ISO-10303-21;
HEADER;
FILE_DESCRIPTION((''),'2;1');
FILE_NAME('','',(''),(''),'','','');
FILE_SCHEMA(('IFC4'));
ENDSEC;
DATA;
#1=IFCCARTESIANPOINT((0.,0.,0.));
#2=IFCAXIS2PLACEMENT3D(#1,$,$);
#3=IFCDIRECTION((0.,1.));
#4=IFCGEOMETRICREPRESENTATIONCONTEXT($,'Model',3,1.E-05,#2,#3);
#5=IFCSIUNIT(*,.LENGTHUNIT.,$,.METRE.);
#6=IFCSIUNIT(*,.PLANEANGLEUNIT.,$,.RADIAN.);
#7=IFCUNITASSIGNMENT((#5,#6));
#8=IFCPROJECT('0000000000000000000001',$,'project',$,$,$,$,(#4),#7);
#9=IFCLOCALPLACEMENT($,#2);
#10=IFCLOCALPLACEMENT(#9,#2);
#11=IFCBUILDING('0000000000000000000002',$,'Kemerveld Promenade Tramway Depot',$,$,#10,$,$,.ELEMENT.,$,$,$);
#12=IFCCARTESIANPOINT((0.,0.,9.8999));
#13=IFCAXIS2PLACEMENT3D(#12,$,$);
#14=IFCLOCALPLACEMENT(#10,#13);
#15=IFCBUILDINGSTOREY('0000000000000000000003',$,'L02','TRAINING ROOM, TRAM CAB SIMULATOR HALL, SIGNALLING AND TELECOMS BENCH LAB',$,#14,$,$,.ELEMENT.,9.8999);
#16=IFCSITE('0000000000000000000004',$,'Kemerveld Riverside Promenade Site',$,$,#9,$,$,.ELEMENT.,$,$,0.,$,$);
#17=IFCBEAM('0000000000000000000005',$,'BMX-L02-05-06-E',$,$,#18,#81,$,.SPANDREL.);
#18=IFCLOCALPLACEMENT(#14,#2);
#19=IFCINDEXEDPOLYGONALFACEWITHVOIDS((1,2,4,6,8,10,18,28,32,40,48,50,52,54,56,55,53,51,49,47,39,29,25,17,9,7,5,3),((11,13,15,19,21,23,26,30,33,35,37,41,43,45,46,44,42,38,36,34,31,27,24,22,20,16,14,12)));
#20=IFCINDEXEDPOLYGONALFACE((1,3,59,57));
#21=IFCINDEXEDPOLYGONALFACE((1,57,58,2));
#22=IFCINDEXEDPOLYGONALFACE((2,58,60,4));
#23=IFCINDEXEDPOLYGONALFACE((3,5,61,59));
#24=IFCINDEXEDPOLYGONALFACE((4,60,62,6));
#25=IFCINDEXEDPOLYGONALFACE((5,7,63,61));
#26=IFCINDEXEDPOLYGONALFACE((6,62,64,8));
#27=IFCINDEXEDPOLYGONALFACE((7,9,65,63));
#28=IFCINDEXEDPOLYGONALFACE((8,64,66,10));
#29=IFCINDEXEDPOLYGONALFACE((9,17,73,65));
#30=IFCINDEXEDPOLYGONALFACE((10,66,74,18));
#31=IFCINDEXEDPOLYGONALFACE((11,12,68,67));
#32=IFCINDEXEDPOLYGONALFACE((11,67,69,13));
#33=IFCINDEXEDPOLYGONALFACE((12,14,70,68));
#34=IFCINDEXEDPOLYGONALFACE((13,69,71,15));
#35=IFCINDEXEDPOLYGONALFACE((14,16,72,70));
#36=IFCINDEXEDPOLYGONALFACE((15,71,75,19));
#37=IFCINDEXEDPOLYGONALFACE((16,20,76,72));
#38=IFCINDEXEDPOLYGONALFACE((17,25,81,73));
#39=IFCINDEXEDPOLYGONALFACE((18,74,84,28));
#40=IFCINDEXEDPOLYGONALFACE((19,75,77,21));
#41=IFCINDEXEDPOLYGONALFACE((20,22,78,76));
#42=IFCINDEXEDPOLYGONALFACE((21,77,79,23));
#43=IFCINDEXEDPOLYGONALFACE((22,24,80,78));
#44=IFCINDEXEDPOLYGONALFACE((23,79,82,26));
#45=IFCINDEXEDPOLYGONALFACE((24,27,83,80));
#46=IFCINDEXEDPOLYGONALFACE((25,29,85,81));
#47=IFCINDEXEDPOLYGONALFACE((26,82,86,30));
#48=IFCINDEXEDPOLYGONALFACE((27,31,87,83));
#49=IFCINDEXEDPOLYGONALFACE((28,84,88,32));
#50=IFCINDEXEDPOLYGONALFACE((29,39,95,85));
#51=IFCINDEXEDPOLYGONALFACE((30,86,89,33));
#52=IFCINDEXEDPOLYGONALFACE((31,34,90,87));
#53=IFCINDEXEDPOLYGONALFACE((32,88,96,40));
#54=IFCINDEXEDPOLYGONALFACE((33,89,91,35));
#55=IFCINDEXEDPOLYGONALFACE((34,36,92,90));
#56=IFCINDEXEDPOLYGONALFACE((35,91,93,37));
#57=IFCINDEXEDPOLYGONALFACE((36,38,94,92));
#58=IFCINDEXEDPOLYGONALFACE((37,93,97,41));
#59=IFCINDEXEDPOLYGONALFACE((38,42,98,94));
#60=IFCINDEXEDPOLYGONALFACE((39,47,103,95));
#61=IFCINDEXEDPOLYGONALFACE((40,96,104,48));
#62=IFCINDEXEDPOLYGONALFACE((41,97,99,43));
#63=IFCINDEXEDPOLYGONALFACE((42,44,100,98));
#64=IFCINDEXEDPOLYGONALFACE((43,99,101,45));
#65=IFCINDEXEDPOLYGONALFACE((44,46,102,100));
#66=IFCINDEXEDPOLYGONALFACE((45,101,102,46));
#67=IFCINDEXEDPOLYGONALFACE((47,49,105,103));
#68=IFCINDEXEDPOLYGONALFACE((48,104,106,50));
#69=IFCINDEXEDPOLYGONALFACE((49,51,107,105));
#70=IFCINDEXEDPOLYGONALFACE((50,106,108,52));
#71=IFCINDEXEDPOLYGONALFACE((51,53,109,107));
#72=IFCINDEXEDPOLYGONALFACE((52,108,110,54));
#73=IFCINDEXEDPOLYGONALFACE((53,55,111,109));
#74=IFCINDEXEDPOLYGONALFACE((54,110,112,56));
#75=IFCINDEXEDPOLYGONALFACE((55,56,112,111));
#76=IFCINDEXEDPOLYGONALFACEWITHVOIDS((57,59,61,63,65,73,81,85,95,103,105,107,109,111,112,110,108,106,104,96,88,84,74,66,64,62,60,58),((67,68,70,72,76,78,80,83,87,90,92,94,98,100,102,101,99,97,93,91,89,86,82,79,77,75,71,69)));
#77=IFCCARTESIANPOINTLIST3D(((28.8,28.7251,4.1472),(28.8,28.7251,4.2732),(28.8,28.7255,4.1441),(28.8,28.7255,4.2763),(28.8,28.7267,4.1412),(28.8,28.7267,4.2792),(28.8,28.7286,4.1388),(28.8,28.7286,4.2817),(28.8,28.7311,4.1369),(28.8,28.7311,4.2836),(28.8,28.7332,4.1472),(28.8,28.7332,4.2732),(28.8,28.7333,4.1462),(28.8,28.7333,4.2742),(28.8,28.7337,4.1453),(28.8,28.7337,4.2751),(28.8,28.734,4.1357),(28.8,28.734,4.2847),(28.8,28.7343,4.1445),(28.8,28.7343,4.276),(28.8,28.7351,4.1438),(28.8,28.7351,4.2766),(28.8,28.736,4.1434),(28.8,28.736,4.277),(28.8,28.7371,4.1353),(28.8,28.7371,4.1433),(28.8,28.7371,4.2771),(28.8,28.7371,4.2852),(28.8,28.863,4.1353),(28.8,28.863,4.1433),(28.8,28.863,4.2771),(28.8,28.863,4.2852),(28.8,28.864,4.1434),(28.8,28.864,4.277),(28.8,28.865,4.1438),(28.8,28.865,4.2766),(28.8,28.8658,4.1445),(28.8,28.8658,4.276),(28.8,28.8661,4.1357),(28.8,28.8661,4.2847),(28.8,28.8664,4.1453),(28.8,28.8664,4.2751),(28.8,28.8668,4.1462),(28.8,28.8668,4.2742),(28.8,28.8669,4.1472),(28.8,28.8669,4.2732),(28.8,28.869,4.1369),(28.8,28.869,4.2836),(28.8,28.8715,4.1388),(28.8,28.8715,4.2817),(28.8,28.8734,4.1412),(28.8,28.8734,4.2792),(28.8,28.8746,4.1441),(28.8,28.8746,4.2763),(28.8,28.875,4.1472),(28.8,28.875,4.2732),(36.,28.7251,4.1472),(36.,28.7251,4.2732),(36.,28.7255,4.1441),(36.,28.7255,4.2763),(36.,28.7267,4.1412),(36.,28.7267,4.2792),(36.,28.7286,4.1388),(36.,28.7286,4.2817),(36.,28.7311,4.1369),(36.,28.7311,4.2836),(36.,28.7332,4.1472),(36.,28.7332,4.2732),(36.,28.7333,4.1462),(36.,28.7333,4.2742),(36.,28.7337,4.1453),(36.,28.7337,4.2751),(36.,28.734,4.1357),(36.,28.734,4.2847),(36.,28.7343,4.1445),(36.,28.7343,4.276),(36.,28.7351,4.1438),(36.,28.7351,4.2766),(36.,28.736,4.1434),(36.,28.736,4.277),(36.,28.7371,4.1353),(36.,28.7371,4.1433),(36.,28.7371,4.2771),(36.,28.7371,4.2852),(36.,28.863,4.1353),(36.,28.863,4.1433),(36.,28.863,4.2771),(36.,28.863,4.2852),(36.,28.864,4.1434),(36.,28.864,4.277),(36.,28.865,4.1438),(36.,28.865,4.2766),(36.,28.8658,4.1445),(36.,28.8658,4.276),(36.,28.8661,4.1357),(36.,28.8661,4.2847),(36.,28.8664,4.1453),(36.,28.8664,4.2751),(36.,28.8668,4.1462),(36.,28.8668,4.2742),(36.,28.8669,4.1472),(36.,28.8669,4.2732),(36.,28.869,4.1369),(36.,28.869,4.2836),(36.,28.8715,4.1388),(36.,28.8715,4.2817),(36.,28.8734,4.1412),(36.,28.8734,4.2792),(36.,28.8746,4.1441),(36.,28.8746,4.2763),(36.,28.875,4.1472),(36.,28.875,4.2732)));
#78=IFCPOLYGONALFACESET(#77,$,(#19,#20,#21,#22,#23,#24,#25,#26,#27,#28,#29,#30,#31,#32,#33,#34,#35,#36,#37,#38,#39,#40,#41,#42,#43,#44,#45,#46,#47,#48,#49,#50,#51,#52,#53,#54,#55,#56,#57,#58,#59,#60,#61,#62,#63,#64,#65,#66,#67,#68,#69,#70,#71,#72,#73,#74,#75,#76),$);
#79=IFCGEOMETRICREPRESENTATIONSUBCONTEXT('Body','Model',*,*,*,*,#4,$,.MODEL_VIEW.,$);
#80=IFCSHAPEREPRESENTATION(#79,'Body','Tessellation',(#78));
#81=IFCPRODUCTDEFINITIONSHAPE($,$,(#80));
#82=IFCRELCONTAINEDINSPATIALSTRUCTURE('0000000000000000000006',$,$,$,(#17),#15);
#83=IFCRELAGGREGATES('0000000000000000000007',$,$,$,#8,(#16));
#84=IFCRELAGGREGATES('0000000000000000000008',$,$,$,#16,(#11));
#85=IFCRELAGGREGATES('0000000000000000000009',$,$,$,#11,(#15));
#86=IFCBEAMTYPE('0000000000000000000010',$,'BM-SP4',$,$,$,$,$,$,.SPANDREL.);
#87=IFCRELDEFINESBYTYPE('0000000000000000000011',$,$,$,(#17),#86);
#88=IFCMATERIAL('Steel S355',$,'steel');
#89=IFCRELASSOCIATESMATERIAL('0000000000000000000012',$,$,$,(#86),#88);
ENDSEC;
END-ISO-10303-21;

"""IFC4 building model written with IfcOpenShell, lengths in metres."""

from ifc_helpers import new_model, si_unit, direction, frame, origin, origin_2d, place, context, subcontext, project, spatial, hollow_rectangle, extrude, material, material_profile, profile_set, type_object, element, save


model = new_model("IFC4")

# Units and contexts
model_context = context("Model", 3, precision=1e-05, world=origin(), true_north=direction((0.0, 1.0)))
body_context = subcontext(model_context, "Body", "Model", "MODEL_VIEW")
ifc_project = project(units=[si_unit("LENGTHUNIT", "METRE"), si_unit("PLANEANGLEUNIT", "RADIAN")], contexts=[model_context])

# Site, building, storey
site_placement = place(None, origin())
site = spatial("IfcSite", under=ifc_project, at=site_placement, Name="Kemerveld Riverside Promenade Site", CompositionType="ELEMENT", RefElevation=0.0)
building_placement = place(site_placement, origin())
building = spatial("IfcBuilding", under=site, at=building_placement, Name="Kemerveld Promenade Tramway Depot", CompositionType="ELEMENT")
storey_placement = place(building_placement, frame((0.0, 0.0, 9.8999)))
storey = spatial("IfcBuildingStorey", under=building, at=storey_placement, Name="L02", Description="TRAINING ROOM, TRAM CAB SIMULATOR HALL, SIGNALLING AND TELECOMS BENCH LAB", CompositionType="ELEMENT", Elevation=9.8999)

# Shared definitions
ifc_material = material(Name="Steel S355", Category="steel")

# Beam
ifc_material_profile_1 = material_profile(ifc_material, hollow_rectangle(XDim=0.1499, YDim=0.1499, WallThickness=0.0081, InnerFilletRadius=0.0039, OuterFilletRadius=0.012, at=origin_2d()), Name="150x150x8.0 SHS")
ifc_profile_set_1 = profile_set([ifc_material_profile_1], Name="Steel S355")
beam_type_1 = type_object("IfcBeamType", Name="BM-SP4", PredefinedType="SPANDREL", material=ifc_profile_set_1)
beam_1_placement = place(storey_placement, frame((28.8, 28.8, 4.2102), z_axis=(1.0, 0.0, 0.0), x_axis=(0.0, 1.0, 0.0)))
element("IfcBeam", 1, at=beam_1_placement, inside=storey, type_object=beam_type_1, Name="BMX-L02-05-06-E", PredefinedType="SPANDREL", context=body_context, shape_type="SweptSolid", body=[
    extrude(hollow_rectangle(XDim=0.1499, YDim=0.1499, WallThickness=0.0081, InnerFilletRadius=0.0039, OuterFilletRadius=0.012, at=origin_2d()), origin(), (0.0, 0.0, 1.0), 7.2),
])

save(model, "model.ifc")
